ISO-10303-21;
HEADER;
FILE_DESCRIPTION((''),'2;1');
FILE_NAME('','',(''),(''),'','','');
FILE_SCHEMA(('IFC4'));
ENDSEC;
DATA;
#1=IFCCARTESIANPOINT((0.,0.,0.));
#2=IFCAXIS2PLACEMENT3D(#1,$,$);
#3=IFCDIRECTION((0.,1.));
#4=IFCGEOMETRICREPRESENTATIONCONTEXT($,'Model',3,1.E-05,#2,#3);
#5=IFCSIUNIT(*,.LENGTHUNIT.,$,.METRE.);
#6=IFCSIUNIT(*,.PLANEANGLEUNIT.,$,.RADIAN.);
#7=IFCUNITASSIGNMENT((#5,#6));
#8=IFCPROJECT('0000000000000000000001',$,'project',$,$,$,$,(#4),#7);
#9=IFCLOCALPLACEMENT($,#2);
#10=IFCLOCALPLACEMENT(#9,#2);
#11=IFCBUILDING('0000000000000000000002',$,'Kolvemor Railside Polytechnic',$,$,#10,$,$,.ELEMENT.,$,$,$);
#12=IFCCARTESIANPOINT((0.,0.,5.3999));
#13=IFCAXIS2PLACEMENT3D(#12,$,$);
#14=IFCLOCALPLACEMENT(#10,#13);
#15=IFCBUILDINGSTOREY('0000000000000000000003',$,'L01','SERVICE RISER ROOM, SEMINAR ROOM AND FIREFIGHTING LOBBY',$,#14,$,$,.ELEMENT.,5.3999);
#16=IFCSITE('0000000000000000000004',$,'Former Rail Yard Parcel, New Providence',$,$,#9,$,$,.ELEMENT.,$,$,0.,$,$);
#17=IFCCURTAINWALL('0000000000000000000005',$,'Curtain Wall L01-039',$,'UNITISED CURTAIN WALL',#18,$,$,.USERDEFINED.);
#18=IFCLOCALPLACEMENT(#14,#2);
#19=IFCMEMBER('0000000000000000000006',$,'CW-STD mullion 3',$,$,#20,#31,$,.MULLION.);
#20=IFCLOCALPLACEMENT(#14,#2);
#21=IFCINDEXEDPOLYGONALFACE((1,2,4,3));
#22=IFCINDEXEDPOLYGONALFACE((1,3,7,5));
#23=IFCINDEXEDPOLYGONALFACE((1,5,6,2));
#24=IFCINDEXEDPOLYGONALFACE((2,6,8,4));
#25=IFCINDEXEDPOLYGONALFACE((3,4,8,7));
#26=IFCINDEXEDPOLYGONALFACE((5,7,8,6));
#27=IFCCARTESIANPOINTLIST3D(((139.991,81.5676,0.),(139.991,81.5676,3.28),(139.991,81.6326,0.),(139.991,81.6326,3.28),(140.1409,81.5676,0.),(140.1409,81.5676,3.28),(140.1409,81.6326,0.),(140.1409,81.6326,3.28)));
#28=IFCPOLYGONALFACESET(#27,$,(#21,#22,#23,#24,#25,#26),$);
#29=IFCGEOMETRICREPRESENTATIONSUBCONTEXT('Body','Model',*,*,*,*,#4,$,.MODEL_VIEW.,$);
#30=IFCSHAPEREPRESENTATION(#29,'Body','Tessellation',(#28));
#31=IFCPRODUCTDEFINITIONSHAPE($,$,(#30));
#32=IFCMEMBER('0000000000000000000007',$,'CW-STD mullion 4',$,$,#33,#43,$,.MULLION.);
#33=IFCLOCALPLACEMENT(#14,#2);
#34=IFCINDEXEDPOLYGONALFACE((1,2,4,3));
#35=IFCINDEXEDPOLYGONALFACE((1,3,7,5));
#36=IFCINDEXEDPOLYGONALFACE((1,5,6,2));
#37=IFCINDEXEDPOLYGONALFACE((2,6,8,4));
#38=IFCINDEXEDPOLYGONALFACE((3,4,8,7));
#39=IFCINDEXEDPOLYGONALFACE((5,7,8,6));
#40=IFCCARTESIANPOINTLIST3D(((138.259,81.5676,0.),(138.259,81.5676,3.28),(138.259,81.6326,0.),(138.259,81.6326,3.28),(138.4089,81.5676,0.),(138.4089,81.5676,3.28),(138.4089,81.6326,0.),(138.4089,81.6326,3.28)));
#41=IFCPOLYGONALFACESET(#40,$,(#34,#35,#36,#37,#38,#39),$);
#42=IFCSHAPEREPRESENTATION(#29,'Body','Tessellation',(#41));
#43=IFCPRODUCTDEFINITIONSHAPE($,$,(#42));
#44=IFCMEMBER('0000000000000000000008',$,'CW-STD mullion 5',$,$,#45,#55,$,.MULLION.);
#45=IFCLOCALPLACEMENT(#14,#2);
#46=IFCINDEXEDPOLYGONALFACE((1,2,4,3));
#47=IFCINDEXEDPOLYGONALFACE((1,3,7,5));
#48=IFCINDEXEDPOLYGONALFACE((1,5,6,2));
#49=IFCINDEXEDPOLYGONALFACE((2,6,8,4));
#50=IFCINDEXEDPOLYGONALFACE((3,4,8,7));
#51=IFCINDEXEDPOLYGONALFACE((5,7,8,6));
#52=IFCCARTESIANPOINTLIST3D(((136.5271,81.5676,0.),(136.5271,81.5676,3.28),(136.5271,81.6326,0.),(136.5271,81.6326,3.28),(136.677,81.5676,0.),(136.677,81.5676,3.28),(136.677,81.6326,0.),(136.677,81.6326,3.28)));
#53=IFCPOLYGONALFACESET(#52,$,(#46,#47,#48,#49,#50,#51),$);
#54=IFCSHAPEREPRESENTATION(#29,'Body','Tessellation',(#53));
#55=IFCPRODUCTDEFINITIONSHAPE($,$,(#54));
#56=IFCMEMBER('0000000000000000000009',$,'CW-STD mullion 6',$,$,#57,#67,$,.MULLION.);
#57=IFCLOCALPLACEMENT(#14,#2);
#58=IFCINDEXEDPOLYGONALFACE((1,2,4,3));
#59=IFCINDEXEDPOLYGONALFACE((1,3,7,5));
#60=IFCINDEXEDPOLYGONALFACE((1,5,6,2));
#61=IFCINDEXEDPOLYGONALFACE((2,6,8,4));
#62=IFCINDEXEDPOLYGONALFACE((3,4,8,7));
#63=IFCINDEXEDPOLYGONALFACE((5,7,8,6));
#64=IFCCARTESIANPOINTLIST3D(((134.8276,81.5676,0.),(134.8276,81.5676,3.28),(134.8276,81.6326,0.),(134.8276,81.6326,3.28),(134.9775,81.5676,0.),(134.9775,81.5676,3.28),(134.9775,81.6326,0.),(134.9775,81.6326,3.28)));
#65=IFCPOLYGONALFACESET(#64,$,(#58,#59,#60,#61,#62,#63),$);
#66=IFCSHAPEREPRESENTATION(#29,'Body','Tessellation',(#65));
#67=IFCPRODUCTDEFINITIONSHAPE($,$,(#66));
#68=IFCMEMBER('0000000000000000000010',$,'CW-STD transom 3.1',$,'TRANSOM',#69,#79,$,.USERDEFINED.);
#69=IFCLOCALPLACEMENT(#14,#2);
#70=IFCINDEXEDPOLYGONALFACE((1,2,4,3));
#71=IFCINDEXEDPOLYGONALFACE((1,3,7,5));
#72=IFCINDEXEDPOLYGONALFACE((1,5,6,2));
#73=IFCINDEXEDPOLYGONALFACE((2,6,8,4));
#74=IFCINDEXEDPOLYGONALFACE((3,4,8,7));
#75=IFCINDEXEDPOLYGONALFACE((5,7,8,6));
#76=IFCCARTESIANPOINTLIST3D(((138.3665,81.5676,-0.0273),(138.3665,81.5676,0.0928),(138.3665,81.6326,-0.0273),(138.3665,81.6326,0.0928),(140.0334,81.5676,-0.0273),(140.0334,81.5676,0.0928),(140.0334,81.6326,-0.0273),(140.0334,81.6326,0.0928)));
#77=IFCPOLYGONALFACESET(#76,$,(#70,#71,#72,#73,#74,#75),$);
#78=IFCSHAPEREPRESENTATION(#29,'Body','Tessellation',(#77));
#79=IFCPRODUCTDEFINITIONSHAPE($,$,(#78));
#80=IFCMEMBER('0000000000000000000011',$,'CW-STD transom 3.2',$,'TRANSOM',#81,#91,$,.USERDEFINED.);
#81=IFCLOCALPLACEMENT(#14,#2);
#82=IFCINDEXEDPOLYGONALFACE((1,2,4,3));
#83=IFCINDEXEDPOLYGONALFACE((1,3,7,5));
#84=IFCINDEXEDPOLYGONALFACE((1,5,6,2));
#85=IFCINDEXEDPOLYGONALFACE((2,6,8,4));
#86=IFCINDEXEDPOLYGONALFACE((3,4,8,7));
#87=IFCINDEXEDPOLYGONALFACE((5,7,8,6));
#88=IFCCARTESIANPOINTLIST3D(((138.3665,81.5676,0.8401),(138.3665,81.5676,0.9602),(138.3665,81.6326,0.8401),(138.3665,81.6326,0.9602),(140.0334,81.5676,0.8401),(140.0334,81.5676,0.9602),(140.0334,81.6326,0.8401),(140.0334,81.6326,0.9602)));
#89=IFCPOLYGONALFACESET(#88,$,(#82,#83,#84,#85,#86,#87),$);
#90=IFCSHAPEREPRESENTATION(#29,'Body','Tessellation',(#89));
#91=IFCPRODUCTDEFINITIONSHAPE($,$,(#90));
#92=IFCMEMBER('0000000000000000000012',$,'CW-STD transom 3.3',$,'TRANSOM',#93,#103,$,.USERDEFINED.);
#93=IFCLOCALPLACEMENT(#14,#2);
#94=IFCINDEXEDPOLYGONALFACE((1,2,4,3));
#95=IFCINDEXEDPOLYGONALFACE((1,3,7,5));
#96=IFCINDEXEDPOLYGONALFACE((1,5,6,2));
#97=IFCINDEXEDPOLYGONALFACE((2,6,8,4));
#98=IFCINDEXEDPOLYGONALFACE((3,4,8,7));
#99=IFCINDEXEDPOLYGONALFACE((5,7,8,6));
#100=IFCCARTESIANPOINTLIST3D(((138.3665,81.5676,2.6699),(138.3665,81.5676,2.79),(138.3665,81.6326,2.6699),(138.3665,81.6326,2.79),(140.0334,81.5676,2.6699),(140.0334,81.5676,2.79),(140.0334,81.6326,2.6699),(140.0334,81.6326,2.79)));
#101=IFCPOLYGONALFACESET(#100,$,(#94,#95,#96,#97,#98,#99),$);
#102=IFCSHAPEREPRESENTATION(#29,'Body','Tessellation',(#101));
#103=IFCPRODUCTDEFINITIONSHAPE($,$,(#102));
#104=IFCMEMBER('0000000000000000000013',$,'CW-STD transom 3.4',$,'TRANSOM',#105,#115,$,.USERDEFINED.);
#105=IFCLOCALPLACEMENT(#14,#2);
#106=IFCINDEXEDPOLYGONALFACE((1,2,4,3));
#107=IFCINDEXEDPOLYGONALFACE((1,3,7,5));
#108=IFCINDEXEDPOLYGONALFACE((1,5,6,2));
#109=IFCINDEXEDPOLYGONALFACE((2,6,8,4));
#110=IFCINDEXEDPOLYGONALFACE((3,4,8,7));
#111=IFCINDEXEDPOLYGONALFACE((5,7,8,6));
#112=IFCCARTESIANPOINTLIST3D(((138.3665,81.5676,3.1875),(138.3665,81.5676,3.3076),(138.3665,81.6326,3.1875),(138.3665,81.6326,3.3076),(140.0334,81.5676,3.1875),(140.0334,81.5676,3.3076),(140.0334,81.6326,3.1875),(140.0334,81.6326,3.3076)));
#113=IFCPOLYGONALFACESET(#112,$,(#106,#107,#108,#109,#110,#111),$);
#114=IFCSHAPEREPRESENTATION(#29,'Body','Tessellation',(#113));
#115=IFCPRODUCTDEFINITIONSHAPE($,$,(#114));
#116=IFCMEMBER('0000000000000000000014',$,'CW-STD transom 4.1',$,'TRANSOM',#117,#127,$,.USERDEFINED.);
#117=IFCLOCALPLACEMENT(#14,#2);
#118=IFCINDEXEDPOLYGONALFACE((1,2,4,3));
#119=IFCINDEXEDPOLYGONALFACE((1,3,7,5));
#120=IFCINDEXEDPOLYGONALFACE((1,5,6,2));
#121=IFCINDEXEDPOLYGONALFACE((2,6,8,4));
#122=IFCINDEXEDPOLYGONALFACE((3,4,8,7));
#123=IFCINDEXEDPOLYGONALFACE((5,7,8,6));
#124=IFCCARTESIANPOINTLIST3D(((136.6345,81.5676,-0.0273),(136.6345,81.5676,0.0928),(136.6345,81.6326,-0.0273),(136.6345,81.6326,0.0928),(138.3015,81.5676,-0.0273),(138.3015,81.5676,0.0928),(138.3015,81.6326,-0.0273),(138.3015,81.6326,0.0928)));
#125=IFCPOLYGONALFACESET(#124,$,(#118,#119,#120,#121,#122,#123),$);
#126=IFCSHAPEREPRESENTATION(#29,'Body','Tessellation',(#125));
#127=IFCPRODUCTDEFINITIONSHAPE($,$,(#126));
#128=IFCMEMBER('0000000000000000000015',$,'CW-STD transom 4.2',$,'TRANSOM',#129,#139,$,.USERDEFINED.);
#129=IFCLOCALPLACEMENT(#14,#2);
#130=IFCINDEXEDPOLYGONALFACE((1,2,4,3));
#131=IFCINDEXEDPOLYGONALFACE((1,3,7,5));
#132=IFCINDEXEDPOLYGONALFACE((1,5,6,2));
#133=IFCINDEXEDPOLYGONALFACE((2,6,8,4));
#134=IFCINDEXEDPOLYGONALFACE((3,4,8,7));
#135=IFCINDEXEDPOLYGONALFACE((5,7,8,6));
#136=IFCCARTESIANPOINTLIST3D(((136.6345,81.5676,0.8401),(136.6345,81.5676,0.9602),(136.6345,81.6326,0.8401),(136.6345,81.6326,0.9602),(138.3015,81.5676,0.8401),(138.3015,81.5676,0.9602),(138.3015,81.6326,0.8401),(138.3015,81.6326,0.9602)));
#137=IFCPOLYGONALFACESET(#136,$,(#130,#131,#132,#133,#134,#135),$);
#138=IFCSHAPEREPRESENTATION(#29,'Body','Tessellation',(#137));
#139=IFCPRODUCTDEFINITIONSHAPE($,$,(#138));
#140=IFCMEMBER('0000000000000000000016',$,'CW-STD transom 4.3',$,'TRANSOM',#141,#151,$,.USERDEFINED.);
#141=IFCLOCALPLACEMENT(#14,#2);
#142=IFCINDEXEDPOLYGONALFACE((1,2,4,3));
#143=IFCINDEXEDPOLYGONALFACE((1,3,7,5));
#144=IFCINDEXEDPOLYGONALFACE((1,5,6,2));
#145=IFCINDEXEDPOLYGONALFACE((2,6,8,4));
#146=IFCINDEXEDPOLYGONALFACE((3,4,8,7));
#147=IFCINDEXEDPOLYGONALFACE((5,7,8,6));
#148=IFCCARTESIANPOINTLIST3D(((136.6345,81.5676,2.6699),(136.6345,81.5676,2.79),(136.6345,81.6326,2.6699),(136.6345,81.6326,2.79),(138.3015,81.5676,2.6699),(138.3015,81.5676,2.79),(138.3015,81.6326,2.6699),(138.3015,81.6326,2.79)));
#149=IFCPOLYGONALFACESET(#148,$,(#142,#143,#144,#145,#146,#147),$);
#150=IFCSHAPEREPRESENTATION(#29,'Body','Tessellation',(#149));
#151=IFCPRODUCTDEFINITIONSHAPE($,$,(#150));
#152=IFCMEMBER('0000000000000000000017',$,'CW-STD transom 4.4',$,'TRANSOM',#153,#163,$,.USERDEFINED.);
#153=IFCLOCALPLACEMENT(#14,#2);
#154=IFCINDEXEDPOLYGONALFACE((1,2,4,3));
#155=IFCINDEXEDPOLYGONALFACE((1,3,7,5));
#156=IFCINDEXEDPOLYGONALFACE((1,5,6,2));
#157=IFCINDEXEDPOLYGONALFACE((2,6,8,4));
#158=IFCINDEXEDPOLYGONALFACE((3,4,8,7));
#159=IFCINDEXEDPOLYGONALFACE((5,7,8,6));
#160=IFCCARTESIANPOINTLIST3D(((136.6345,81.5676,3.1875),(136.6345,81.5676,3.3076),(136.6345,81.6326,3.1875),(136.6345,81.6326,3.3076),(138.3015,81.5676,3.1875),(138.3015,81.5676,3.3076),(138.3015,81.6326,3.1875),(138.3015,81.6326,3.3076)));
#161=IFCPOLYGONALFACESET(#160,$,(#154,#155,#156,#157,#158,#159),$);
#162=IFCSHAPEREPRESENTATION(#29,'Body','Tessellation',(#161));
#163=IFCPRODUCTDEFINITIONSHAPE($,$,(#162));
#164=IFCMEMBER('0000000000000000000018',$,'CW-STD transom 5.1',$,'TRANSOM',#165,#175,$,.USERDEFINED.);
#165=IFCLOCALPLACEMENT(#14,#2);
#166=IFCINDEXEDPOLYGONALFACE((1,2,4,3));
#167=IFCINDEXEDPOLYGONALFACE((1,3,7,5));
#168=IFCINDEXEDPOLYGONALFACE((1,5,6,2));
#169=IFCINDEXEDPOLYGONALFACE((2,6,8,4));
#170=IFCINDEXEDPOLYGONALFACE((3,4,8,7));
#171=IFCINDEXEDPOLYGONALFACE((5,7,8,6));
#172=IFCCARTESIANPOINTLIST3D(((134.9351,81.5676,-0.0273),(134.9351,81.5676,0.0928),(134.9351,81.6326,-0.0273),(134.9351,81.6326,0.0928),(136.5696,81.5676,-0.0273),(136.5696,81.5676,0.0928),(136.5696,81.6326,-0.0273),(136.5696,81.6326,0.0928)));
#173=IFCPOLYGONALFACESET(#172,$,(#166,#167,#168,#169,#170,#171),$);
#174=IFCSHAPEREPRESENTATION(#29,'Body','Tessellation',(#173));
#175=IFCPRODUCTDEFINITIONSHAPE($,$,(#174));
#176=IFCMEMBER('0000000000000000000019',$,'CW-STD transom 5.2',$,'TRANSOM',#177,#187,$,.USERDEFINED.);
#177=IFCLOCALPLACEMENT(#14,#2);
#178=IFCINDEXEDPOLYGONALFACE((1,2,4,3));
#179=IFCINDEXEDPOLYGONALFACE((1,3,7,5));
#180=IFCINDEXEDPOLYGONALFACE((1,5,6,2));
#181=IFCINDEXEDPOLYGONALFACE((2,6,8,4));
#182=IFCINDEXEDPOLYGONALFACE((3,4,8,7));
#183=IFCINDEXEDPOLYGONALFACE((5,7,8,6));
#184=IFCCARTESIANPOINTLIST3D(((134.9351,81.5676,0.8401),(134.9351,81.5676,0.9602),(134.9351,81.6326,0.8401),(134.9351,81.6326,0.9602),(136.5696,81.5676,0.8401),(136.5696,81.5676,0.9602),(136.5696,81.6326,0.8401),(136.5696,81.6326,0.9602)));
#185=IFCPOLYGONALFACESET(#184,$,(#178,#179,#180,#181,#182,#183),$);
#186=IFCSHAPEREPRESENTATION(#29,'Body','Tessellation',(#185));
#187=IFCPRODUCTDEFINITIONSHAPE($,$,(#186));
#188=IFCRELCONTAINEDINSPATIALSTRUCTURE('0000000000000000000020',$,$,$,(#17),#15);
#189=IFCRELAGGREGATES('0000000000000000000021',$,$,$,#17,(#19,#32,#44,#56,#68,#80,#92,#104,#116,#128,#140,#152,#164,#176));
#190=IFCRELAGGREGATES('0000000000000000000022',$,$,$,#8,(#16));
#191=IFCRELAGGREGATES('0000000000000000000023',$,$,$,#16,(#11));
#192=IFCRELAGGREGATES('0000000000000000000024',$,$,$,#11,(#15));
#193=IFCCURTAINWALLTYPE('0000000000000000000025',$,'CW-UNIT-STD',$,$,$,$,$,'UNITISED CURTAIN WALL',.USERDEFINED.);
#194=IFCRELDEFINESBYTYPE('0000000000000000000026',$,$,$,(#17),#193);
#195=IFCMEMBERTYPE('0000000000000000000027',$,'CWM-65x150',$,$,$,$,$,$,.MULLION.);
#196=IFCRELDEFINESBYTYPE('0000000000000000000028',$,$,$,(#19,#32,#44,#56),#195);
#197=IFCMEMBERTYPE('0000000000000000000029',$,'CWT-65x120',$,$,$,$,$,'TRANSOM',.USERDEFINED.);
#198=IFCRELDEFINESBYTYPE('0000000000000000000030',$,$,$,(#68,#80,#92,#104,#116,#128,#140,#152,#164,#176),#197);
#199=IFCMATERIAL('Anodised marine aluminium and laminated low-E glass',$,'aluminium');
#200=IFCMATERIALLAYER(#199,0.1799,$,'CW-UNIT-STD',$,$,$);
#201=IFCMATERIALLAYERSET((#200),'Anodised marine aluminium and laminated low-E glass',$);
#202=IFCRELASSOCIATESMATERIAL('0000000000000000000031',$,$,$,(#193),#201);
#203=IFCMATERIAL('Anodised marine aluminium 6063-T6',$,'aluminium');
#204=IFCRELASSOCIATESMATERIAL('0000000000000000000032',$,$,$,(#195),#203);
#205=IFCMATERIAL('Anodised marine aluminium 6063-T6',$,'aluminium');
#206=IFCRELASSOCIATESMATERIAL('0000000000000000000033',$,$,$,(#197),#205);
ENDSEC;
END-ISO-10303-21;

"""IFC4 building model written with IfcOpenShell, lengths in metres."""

from ifc_helpers import new_model, si_unit, direction, frame, origin, origin_2d, place, context, subcontext, project, spatial, rectangle, extrude, material, layer, layer_set, material_profile, profile_set, type_object, element, aggregate, save


model = new_model("IFC4")

# Units and contexts
model_context = context("Model", 3, precision=1e-05, world=origin(), true_north=direction((0.0, 1.0)))
body_context = subcontext(model_context, "Body", "Model", "MODEL_VIEW")
ifc_project = project(units=[si_unit("LENGTHUNIT", "METRE"), si_unit("PLANEANGLEUNIT", "RADIAN")], contexts=[model_context])

# Site, building, storey
site_placement = place(None, origin())
site = spatial("IfcSite", under=ifc_project, at=site_placement, Name="Former Rail Yard Parcel, New Providence", CompositionType="ELEMENT", RefElevation=0.0)
building_placement = place(site_placement, origin())
building = spatial("IfcBuilding", under=site, at=building_placement, Name="Kolvemor Railside Polytechnic", CompositionType="ELEMENT")
storey_placement = place(building_placement, frame((0.0, 0.0, 5.3999)))
storey = spatial("IfcBuildingStorey", under=building, at=storey_placement, Name="L01", Description="SERVICE RISER ROOM, SEMINAR ROOM AND FIREFIGHTING LOBBY", CompositionType="ELEMENT", Elevation=5.3999)

# Curtain wall, members
ifc_material_1 = material(Name="Anodised marine aluminium and laminated low-E glass", Category="aluminium")
ifc_layer_1 = layer(ifc_material_1, 0.1799, Name="CW-UNIT-STD")
ifc_layer_set_1 = layer_set([ifc_layer_1], Name="Anodised marine aluminium and laminated low-E glass")
curtain_wall_type = type_object("IfcCurtainWallType", Name="CW-UNIT-STD", ElementType="UNITISED CURTAIN WALL", PredefinedType="USERDEFINED", material=ifc_layer_set_1)
curtain_wall_1_placement = place(storey_placement, origin())
curtain_wall_1 = element("IfcCurtainWall", 1, at=curtain_wall_1_placement, inside=storey, type_object=curtain_wall_type, Name="Curtain Wall L01-039", ObjectType="UNITISED CURTAIN WALL", PredefinedType="USERDEFINED")
ifc_material_2 = material(Name="Anodised marine aluminium 6063-T6", Category="aluminium")
ifc_material_profile_1 = material_profile(ifc_material_2, rectangle(XDim=0.0649, YDim=0.1499, at=origin_2d()), Name="CW-MUL-65x150")
ifc_profile_set_1 = profile_set([ifc_material_profile_1], Name="Anodised marine aluminium 6063-T6")
member_type_1 = type_object("IfcMemberType", Name="CWM-65x150", PredefinedType="MULLION", material=ifc_profile_set_1)
member_1_placement = place(storey_placement, frame((140.0659, 81.6001, 0.0), z_axis=(0.0, 0.0, 1.0), x_axis=(0.0, -1.0, 0.0)))
member_1 = element("IfcMember", 2, at=member_1_placement, type_object=member_type_1, Name="CW-STD mullion 3", PredefinedType="MULLION", context=body_context, shape_type="SweptSolid", body=[
    extrude(rectangle(XDim=0.0649, YDim=0.1499, at=origin_2d()), origin(), (0.0, 0.0, 1.0), 3.28),
])
member_2_placement = place(storey_placement, frame((138.334, 81.6001, 0.0), z_axis=(0.0, 0.0, 1.0), x_axis=(0.0, -1.0, 0.0)))
member_2 = element("IfcMember", 3, at=member_2_placement, type_object=member_type_1, Name="CW-STD mullion 4", PredefinedType="MULLION", context=body_context, shape_type="SweptSolid", body=[
    extrude(rectangle(XDim=0.0649, YDim=0.1499, at=origin_2d()), origin(), (0.0, 0.0, 1.0), 3.28),
])
member_3_placement = place(storey_placement, frame((136.6021, 81.6001, 0.0), z_axis=(0.0, 0.0, 1.0), x_axis=(0.0, -1.0, 0.0)))
member_3 = element("IfcMember", 4, at=member_3_placement, type_object=member_type_1, Name="CW-STD mullion 5", PredefinedType="MULLION", context=body_context, shape_type="SweptSolid", body=[
    extrude(rectangle(XDim=0.0649, YDim=0.1499, at=origin_2d()), origin(), (0.0, 0.0, 1.0), 3.28),
])
member_4_placement = place(storey_placement, frame((134.9026, 81.6001, 0.0), z_axis=(0.0, 0.0, 1.0), x_axis=(0.0, -1.0, 0.0)))
member_4 = element("IfcMember", 5, at=member_4_placement, type_object=member_type_1, Name="CW-STD mullion 6", PredefinedType="MULLION", context=body_context, shape_type="SweptSolid", body=[
    extrude(rectangle(XDim=0.0649, YDim=0.1499, at=origin_2d()), origin(), (0.0, 0.0, 1.0), 3.28),
])
ifc_material_3 = material(Name="Anodised marine aluminium 6063-T6", Category="aluminium")
ifc_material_profile_2 = material_profile(ifc_material_3, rectangle(XDim=0.0649, YDim=0.1201, at=origin_2d()), Name="CW-TRN-65x120")
ifc_profile_set_2 = profile_set([ifc_material_profile_2], Name="Anodised marine aluminium 6063-T6")
member_type_2 = type_object("IfcMemberType", Name="CWT-65x120", ElementType="TRANSOM", PredefinedType="USERDEFINED", material=ifc_profile_set_2)
member_5_placement = place(storey_placement, frame((140.0334, 81.6001, 0.0327), z_axis=(-1.0, 0.0, 0.0), x_axis=(0.0, -1.0, 0.0)))
member_5 = element("IfcMember", 6, at=member_5_placement, type_object=member_type_2, Name="CW-STD transom 3.1", ObjectType="TRANSOM", PredefinedType="USERDEFINED", context=body_context, shape_type="SweptSolid", body=[
    extrude(rectangle(XDim=0.0649, YDim=0.1201, at=origin_2d()), origin(), (0.0, 0.0, 1.0), 1.667),
])
member_6_placement = place(storey_placement, frame((140.0334, 81.6001, 0.9001), z_axis=(-1.0, 0.0, 0.0), x_axis=(0.0, -1.0, 0.0)))
member_6 = element("IfcMember", 7, at=member_6_placement, type_object=member_type_2, Name="CW-STD transom 3.2", ObjectType="TRANSOM", PredefinedType="USERDEFINED", context=body_context, shape_type="SweptSolid", body=[
    extrude(rectangle(XDim=0.0649, YDim=0.1201, at=origin_2d()), origin(), (0.0, 0.0, 1.0), 1.667),
])
member_7_placement = place(storey_placement, frame((140.0334, 81.6001, 2.73), z_axis=(-1.0, 0.0, 0.0), x_axis=(0.0, -1.0, 0.0)))
member_7 = element("IfcMember", 8, at=member_7_placement, type_object=member_type_2, Name="CW-STD transom 3.3", ObjectType="TRANSOM", PredefinedType="USERDEFINED", context=body_context, shape_type="SweptSolid", body=[
    extrude(rectangle(XDim=0.0649, YDim=0.1201, at=origin_2d()), origin(), (0.0, 0.0, 1.0), 1.667),
])
member_8_placement = place(storey_placement, frame((140.0334, 81.6001, 3.2476), z_axis=(-1.0, 0.0, 0.0), x_axis=(0.0, -1.0, 0.0)))
member_8 = element("IfcMember", 9, at=member_8_placement, type_object=member_type_2, Name="CW-STD transom 3.4", ObjectType="TRANSOM", PredefinedType="USERDEFINED", context=body_context, shape_type="SweptSolid", body=[
    extrude(rectangle(XDim=0.0649, YDim=0.1201, at=origin_2d()), origin(), (0.0, 0.0, 1.0), 1.667),
])
member_9_placement = place(storey_placement, frame((138.3015, 81.6001, 0.0327), z_axis=(-1.0, 0.0, 0.0), x_axis=(0.0, -1.0, 0.0)))
member_9 = element("IfcMember", 10, at=member_9_placement, type_object=member_type_2, Name="CW-STD transom 4.1", ObjectType="TRANSOM", PredefinedType="USERDEFINED", context=body_context, shape_type="SweptSolid", body=[
    extrude(rectangle(XDim=0.0649, YDim=0.1201, at=origin_2d()), origin(), (0.0, 0.0, 1.0), 1.667),
])
member_10_placement = place(storey_placement, frame((138.3015, 81.6001, 0.9001), z_axis=(-1.0, 0.0, 0.0), x_axis=(0.0, -1.0, 0.0)))
member_10 = element("IfcMember", 11, at=member_10_placement, type_object=member_type_2, Name="CW-STD transom 4.2", ObjectType="TRANSOM", PredefinedType="USERDEFINED", context=body_context, shape_type="SweptSolid", body=[
    extrude(rectangle(XDim=0.0649, YDim=0.1201, at=origin_2d()), origin(), (0.0, 0.0, 1.0), 1.667),
])
member_11_placement = place(storey_placement, frame((138.3015, 81.6001, 2.73), z_axis=(-1.0, 0.0, 0.0), x_axis=(0.0, -1.0, 0.0)))
member_11 = element("IfcMember", 12, at=member_11_placement, type_object=member_type_2, Name="CW-STD transom 4.3", ObjectType="TRANSOM", PredefinedType="USERDEFINED", context=body_context, shape_type="SweptSolid", body=[
    extrude(rectangle(XDim=0.0649, YDim=0.1201, at=origin_2d()), origin(), (0.0, 0.0, 1.0), 1.667),
])
member_12_placement = place(storey_placement, frame((138.3015, 81.6001, 3.2476), z_axis=(-1.0, 0.0, 0.0), x_axis=(0.0, -1.0, 0.0)))
member_12 = element("IfcMember", 13, at=member_12_placement, type_object=member_type_2, Name="CW-STD transom 4.4", ObjectType="TRANSOM", PredefinedType="USERDEFINED", context=body_context, shape_type="SweptSolid", body=[
    extrude(rectangle(XDim=0.0649, YDim=0.1201, at=origin_2d()), origin(), (0.0, 0.0, 1.0), 1.667),
])
member_13_placement = place(storey_placement, frame((136.5696, 81.6001, 0.0327), z_axis=(-1.0, 0.0, 0.0), x_axis=(0.0, -1.0, 0.0)))
member_13 = element("IfcMember", 14, at=member_13_placement, type_object=member_type_2, Name="CW-STD transom 5.1", ObjectType="TRANSOM", PredefinedType="USERDEFINED", context=body_context, shape_type="SweptSolid", body=[
    extrude(rectangle(XDim=0.0649, YDim=0.1201, at=origin_2d()), origin(), (0.0, 0.0, 1.0), 1.6345),
])
member_14_placement = place(storey_placement, frame((136.5696, 81.6001, 0.9001), z_axis=(-1.0, 0.0, 0.0), x_axis=(0.0, -1.0, 0.0)))
member_14 = element("IfcMember", 15, at=member_14_placement, type_object=member_type_2, Name="CW-STD transom 5.2", ObjectType="TRANSOM", PredefinedType="USERDEFINED", context=body_context, shape_type="SweptSolid", body=[
    extrude(rectangle(XDim=0.0649, YDim=0.1201, at=origin_2d()), origin(), (0.0, 0.0, 1.0), 1.6345),
])

aggregate(curtain_wall_1, [member_1, member_2, member_3, member_4, member_5, member_6, member_7, member_8, member_9, member_10, member_11, member_12, member_13, member_14])

save(model, "model.ifc")
